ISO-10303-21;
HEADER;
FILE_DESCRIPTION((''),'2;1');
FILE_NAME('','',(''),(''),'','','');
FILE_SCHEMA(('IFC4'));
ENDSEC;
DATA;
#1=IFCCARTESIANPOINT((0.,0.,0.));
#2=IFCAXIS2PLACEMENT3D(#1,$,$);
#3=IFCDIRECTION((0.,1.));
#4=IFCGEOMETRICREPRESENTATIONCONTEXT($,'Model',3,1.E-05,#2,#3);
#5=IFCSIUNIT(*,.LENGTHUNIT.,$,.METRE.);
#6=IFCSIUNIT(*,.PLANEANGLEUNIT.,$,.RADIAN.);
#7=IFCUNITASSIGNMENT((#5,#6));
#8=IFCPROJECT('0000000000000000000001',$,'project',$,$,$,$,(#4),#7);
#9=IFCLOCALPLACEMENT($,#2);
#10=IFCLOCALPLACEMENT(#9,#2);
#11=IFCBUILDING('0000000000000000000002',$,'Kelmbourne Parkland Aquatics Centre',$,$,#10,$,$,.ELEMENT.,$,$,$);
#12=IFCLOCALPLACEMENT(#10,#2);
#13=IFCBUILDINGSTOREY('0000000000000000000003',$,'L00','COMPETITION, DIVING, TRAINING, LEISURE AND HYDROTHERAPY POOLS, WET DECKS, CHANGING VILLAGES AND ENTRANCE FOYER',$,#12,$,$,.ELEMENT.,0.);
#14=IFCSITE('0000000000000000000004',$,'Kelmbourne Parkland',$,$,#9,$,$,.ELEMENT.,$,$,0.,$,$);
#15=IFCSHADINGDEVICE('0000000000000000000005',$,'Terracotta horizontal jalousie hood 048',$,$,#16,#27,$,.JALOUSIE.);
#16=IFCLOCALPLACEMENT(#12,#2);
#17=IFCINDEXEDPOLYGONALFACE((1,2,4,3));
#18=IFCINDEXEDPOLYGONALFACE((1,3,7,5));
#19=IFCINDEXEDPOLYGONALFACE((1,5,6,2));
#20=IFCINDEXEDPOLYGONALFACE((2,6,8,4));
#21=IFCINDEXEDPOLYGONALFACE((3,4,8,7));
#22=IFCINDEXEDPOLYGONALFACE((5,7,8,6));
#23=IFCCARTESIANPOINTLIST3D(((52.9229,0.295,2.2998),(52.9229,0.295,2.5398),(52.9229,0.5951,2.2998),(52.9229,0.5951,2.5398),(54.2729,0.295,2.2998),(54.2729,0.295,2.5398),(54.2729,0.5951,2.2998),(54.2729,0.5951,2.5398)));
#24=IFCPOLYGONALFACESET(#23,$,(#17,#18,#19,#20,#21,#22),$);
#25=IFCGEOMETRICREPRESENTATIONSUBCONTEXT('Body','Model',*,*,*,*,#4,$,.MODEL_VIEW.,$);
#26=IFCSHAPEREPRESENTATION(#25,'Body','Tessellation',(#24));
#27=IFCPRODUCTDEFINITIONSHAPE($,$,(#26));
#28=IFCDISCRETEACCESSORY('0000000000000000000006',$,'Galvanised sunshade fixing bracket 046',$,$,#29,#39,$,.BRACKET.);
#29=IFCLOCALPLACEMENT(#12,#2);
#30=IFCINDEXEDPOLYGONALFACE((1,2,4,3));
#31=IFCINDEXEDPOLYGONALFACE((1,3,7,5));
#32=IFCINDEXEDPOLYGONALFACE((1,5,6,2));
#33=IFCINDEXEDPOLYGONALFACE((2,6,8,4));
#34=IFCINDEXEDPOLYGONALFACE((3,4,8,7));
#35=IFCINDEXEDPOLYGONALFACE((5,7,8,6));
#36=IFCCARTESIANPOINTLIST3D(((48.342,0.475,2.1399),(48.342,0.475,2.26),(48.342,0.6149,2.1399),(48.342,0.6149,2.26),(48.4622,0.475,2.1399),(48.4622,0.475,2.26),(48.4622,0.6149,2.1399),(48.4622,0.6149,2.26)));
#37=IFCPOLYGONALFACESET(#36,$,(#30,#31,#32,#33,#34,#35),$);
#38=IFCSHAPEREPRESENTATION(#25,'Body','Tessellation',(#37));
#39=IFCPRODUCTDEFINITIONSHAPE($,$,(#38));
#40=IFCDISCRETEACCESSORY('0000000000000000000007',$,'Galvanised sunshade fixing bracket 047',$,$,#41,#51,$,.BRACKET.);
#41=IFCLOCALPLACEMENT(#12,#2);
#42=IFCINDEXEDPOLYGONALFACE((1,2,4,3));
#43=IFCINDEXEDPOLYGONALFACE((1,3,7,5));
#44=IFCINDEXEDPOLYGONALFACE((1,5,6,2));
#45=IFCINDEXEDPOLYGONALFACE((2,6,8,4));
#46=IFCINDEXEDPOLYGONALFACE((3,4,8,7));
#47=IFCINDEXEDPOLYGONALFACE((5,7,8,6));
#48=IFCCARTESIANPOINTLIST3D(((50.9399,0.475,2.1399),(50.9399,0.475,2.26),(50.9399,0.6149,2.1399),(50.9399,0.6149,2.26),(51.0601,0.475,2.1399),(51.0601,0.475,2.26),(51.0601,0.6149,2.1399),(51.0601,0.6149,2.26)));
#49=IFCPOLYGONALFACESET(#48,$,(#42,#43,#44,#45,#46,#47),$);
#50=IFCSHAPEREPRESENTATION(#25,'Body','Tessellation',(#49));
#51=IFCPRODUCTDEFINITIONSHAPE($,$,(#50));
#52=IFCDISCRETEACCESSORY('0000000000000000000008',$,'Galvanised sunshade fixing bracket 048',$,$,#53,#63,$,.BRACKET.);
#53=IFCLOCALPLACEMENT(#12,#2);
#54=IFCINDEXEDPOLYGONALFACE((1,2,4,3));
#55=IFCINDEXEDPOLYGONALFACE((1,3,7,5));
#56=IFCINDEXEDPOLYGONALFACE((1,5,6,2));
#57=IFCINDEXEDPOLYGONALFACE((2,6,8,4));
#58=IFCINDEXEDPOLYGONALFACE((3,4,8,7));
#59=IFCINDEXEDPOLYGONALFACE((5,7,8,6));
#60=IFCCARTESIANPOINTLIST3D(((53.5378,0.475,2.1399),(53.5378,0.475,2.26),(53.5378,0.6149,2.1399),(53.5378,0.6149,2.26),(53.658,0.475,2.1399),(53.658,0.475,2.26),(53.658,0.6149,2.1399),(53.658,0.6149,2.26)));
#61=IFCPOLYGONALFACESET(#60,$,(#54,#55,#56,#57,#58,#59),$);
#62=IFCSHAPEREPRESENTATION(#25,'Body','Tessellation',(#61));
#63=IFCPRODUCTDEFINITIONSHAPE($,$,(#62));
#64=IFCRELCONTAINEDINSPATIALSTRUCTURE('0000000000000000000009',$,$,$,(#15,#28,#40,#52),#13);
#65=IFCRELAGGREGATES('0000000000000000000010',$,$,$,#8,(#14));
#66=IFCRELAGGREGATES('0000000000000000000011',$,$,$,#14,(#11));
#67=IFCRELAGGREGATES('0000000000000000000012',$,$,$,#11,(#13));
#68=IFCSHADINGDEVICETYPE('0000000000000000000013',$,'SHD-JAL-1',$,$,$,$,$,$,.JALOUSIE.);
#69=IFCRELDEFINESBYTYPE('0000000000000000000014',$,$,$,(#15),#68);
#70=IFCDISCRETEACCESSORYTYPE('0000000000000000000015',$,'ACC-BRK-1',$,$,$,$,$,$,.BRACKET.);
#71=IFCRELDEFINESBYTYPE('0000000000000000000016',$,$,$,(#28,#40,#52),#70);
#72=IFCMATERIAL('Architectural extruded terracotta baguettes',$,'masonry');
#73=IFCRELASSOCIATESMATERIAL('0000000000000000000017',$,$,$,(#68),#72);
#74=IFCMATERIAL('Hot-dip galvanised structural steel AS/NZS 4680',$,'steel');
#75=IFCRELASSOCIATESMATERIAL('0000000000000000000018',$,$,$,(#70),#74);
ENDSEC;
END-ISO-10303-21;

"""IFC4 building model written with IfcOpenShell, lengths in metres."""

from ifc_helpers import new_model, si_unit, direction, frame, origin, origin_2d, place, context, subcontext, project, spatial, rectangle, extrude, material, type_object, element, save


model = new_model("IFC4")

# Units and contexts
model_context = context("Model", 3, precision=1e-05, world=origin(), true_north=direction((0.0, 1.0)))
body_context = subcontext(model_context, "Body", "Model", "MODEL_VIEW")
ifc_project = project(units=[si_unit("LENGTHUNIT", "METRE"), si_unit("PLANEANGLEUNIT", "RADIAN")], contexts=[model_context])

# Site, building, storey
site_placement = place(None, origin())
site = spatial("IfcSite", under=ifc_project, at=site_placement, Name="Kelmbourne Parkland", CompositionType="ELEMENT", RefElevation=0.0)
building_placement = place(site_placement, origin())
building = spatial("IfcBuilding", under=site, at=building_placement, Name="Kelmbourne Parkland Aquatics Centre", CompositionType="ELEMENT")
storey_placement = place(building_placement, origin())
storey = spatial("IfcBuildingStorey", under=building, at=storey_placement, Name="L00", Description="COMPETITION, DIVING, TRAINING, LEISURE AND HYDROTHERAPY POOLS, WET DECKS, CHANGING VILLAGES AND ENTRANCE FOYER", CompositionType="ELEMENT", Elevation=0.0)

# Shading device
ifc_material_1 = material(Name="Architectural extruded terracotta baguettes", Category="masonry")
shading_device_type = type_object("IfcShadingDeviceType", Name="SHD-JAL-1", PredefinedType="JALOUSIE", material=ifc_material_1)
for number, where, z_axis, x_axis, name in (
    (1, (53.5979, 0.4451, 2.2998), (0.0, 0.0, 1.0), (1.0, 0.0, 0.0), "Terracotta horizontal jalousie hood 048"),
):
    element("IfcShadingDevice", number, at=place(storey_placement, frame(where, z_axis=z_axis, x_axis=x_axis)), inside=storey, type_object=shading_device_type, Name=name, PredefinedType="JALOUSIE", context=body_context, shape_type="SweptSolid", body=[
        extrude(rectangle(XDim=1.3501, YDim=0.3, at=origin_2d()), origin(), (0.0, 0.0, 1.0), 0.24),
    ])

# Discrete accessories
ifc_material_2 = material(Name="Hot-dip galvanised structural steel AS/NZS 4680", Category="steel")
discrete_accessory_type = type_object("IfcDiscreteAccessoryType", Name="ACC-BRK-1", PredefinedType="BRACKET", material=ifc_material_2)
for number, where, z_axis, x_axis, name in (
    (2, (48.4021, 0.5449, 2.1399), (0.0, 0.0, 1.0), (1.0, 0.0, 0.0), "Galvanised sunshade fixing bracket 046"),
    (3, (51.0, 0.5449, 2.1399), (0.0, 0.0, 1.0), (1.0, 0.0, 0.0), "Galvanised sunshade fixing bracket 047"),
    (4, (53.5979, 0.5449, 2.1399), (0.0, 0.0, 1.0), (1.0, 0.0, 0.0), "Galvanised sunshade fixing bracket 048"),
):
    element("IfcDiscreteAccessory", number, at=place(storey_placement, frame(where, z_axis=z_axis, x_axis=x_axis)), inside=storey, type_object=discrete_accessory_type, Name=name, PredefinedType="BRACKET", context=body_context, shape_type="SweptSolid", body=[
        extrude(rectangle(XDim=0.1201, YDim=0.1399, at=origin_2d()), origin(), (0.0, 0.0, 1.0), 0.1201),
    ])

save(model, "model.ifc")
